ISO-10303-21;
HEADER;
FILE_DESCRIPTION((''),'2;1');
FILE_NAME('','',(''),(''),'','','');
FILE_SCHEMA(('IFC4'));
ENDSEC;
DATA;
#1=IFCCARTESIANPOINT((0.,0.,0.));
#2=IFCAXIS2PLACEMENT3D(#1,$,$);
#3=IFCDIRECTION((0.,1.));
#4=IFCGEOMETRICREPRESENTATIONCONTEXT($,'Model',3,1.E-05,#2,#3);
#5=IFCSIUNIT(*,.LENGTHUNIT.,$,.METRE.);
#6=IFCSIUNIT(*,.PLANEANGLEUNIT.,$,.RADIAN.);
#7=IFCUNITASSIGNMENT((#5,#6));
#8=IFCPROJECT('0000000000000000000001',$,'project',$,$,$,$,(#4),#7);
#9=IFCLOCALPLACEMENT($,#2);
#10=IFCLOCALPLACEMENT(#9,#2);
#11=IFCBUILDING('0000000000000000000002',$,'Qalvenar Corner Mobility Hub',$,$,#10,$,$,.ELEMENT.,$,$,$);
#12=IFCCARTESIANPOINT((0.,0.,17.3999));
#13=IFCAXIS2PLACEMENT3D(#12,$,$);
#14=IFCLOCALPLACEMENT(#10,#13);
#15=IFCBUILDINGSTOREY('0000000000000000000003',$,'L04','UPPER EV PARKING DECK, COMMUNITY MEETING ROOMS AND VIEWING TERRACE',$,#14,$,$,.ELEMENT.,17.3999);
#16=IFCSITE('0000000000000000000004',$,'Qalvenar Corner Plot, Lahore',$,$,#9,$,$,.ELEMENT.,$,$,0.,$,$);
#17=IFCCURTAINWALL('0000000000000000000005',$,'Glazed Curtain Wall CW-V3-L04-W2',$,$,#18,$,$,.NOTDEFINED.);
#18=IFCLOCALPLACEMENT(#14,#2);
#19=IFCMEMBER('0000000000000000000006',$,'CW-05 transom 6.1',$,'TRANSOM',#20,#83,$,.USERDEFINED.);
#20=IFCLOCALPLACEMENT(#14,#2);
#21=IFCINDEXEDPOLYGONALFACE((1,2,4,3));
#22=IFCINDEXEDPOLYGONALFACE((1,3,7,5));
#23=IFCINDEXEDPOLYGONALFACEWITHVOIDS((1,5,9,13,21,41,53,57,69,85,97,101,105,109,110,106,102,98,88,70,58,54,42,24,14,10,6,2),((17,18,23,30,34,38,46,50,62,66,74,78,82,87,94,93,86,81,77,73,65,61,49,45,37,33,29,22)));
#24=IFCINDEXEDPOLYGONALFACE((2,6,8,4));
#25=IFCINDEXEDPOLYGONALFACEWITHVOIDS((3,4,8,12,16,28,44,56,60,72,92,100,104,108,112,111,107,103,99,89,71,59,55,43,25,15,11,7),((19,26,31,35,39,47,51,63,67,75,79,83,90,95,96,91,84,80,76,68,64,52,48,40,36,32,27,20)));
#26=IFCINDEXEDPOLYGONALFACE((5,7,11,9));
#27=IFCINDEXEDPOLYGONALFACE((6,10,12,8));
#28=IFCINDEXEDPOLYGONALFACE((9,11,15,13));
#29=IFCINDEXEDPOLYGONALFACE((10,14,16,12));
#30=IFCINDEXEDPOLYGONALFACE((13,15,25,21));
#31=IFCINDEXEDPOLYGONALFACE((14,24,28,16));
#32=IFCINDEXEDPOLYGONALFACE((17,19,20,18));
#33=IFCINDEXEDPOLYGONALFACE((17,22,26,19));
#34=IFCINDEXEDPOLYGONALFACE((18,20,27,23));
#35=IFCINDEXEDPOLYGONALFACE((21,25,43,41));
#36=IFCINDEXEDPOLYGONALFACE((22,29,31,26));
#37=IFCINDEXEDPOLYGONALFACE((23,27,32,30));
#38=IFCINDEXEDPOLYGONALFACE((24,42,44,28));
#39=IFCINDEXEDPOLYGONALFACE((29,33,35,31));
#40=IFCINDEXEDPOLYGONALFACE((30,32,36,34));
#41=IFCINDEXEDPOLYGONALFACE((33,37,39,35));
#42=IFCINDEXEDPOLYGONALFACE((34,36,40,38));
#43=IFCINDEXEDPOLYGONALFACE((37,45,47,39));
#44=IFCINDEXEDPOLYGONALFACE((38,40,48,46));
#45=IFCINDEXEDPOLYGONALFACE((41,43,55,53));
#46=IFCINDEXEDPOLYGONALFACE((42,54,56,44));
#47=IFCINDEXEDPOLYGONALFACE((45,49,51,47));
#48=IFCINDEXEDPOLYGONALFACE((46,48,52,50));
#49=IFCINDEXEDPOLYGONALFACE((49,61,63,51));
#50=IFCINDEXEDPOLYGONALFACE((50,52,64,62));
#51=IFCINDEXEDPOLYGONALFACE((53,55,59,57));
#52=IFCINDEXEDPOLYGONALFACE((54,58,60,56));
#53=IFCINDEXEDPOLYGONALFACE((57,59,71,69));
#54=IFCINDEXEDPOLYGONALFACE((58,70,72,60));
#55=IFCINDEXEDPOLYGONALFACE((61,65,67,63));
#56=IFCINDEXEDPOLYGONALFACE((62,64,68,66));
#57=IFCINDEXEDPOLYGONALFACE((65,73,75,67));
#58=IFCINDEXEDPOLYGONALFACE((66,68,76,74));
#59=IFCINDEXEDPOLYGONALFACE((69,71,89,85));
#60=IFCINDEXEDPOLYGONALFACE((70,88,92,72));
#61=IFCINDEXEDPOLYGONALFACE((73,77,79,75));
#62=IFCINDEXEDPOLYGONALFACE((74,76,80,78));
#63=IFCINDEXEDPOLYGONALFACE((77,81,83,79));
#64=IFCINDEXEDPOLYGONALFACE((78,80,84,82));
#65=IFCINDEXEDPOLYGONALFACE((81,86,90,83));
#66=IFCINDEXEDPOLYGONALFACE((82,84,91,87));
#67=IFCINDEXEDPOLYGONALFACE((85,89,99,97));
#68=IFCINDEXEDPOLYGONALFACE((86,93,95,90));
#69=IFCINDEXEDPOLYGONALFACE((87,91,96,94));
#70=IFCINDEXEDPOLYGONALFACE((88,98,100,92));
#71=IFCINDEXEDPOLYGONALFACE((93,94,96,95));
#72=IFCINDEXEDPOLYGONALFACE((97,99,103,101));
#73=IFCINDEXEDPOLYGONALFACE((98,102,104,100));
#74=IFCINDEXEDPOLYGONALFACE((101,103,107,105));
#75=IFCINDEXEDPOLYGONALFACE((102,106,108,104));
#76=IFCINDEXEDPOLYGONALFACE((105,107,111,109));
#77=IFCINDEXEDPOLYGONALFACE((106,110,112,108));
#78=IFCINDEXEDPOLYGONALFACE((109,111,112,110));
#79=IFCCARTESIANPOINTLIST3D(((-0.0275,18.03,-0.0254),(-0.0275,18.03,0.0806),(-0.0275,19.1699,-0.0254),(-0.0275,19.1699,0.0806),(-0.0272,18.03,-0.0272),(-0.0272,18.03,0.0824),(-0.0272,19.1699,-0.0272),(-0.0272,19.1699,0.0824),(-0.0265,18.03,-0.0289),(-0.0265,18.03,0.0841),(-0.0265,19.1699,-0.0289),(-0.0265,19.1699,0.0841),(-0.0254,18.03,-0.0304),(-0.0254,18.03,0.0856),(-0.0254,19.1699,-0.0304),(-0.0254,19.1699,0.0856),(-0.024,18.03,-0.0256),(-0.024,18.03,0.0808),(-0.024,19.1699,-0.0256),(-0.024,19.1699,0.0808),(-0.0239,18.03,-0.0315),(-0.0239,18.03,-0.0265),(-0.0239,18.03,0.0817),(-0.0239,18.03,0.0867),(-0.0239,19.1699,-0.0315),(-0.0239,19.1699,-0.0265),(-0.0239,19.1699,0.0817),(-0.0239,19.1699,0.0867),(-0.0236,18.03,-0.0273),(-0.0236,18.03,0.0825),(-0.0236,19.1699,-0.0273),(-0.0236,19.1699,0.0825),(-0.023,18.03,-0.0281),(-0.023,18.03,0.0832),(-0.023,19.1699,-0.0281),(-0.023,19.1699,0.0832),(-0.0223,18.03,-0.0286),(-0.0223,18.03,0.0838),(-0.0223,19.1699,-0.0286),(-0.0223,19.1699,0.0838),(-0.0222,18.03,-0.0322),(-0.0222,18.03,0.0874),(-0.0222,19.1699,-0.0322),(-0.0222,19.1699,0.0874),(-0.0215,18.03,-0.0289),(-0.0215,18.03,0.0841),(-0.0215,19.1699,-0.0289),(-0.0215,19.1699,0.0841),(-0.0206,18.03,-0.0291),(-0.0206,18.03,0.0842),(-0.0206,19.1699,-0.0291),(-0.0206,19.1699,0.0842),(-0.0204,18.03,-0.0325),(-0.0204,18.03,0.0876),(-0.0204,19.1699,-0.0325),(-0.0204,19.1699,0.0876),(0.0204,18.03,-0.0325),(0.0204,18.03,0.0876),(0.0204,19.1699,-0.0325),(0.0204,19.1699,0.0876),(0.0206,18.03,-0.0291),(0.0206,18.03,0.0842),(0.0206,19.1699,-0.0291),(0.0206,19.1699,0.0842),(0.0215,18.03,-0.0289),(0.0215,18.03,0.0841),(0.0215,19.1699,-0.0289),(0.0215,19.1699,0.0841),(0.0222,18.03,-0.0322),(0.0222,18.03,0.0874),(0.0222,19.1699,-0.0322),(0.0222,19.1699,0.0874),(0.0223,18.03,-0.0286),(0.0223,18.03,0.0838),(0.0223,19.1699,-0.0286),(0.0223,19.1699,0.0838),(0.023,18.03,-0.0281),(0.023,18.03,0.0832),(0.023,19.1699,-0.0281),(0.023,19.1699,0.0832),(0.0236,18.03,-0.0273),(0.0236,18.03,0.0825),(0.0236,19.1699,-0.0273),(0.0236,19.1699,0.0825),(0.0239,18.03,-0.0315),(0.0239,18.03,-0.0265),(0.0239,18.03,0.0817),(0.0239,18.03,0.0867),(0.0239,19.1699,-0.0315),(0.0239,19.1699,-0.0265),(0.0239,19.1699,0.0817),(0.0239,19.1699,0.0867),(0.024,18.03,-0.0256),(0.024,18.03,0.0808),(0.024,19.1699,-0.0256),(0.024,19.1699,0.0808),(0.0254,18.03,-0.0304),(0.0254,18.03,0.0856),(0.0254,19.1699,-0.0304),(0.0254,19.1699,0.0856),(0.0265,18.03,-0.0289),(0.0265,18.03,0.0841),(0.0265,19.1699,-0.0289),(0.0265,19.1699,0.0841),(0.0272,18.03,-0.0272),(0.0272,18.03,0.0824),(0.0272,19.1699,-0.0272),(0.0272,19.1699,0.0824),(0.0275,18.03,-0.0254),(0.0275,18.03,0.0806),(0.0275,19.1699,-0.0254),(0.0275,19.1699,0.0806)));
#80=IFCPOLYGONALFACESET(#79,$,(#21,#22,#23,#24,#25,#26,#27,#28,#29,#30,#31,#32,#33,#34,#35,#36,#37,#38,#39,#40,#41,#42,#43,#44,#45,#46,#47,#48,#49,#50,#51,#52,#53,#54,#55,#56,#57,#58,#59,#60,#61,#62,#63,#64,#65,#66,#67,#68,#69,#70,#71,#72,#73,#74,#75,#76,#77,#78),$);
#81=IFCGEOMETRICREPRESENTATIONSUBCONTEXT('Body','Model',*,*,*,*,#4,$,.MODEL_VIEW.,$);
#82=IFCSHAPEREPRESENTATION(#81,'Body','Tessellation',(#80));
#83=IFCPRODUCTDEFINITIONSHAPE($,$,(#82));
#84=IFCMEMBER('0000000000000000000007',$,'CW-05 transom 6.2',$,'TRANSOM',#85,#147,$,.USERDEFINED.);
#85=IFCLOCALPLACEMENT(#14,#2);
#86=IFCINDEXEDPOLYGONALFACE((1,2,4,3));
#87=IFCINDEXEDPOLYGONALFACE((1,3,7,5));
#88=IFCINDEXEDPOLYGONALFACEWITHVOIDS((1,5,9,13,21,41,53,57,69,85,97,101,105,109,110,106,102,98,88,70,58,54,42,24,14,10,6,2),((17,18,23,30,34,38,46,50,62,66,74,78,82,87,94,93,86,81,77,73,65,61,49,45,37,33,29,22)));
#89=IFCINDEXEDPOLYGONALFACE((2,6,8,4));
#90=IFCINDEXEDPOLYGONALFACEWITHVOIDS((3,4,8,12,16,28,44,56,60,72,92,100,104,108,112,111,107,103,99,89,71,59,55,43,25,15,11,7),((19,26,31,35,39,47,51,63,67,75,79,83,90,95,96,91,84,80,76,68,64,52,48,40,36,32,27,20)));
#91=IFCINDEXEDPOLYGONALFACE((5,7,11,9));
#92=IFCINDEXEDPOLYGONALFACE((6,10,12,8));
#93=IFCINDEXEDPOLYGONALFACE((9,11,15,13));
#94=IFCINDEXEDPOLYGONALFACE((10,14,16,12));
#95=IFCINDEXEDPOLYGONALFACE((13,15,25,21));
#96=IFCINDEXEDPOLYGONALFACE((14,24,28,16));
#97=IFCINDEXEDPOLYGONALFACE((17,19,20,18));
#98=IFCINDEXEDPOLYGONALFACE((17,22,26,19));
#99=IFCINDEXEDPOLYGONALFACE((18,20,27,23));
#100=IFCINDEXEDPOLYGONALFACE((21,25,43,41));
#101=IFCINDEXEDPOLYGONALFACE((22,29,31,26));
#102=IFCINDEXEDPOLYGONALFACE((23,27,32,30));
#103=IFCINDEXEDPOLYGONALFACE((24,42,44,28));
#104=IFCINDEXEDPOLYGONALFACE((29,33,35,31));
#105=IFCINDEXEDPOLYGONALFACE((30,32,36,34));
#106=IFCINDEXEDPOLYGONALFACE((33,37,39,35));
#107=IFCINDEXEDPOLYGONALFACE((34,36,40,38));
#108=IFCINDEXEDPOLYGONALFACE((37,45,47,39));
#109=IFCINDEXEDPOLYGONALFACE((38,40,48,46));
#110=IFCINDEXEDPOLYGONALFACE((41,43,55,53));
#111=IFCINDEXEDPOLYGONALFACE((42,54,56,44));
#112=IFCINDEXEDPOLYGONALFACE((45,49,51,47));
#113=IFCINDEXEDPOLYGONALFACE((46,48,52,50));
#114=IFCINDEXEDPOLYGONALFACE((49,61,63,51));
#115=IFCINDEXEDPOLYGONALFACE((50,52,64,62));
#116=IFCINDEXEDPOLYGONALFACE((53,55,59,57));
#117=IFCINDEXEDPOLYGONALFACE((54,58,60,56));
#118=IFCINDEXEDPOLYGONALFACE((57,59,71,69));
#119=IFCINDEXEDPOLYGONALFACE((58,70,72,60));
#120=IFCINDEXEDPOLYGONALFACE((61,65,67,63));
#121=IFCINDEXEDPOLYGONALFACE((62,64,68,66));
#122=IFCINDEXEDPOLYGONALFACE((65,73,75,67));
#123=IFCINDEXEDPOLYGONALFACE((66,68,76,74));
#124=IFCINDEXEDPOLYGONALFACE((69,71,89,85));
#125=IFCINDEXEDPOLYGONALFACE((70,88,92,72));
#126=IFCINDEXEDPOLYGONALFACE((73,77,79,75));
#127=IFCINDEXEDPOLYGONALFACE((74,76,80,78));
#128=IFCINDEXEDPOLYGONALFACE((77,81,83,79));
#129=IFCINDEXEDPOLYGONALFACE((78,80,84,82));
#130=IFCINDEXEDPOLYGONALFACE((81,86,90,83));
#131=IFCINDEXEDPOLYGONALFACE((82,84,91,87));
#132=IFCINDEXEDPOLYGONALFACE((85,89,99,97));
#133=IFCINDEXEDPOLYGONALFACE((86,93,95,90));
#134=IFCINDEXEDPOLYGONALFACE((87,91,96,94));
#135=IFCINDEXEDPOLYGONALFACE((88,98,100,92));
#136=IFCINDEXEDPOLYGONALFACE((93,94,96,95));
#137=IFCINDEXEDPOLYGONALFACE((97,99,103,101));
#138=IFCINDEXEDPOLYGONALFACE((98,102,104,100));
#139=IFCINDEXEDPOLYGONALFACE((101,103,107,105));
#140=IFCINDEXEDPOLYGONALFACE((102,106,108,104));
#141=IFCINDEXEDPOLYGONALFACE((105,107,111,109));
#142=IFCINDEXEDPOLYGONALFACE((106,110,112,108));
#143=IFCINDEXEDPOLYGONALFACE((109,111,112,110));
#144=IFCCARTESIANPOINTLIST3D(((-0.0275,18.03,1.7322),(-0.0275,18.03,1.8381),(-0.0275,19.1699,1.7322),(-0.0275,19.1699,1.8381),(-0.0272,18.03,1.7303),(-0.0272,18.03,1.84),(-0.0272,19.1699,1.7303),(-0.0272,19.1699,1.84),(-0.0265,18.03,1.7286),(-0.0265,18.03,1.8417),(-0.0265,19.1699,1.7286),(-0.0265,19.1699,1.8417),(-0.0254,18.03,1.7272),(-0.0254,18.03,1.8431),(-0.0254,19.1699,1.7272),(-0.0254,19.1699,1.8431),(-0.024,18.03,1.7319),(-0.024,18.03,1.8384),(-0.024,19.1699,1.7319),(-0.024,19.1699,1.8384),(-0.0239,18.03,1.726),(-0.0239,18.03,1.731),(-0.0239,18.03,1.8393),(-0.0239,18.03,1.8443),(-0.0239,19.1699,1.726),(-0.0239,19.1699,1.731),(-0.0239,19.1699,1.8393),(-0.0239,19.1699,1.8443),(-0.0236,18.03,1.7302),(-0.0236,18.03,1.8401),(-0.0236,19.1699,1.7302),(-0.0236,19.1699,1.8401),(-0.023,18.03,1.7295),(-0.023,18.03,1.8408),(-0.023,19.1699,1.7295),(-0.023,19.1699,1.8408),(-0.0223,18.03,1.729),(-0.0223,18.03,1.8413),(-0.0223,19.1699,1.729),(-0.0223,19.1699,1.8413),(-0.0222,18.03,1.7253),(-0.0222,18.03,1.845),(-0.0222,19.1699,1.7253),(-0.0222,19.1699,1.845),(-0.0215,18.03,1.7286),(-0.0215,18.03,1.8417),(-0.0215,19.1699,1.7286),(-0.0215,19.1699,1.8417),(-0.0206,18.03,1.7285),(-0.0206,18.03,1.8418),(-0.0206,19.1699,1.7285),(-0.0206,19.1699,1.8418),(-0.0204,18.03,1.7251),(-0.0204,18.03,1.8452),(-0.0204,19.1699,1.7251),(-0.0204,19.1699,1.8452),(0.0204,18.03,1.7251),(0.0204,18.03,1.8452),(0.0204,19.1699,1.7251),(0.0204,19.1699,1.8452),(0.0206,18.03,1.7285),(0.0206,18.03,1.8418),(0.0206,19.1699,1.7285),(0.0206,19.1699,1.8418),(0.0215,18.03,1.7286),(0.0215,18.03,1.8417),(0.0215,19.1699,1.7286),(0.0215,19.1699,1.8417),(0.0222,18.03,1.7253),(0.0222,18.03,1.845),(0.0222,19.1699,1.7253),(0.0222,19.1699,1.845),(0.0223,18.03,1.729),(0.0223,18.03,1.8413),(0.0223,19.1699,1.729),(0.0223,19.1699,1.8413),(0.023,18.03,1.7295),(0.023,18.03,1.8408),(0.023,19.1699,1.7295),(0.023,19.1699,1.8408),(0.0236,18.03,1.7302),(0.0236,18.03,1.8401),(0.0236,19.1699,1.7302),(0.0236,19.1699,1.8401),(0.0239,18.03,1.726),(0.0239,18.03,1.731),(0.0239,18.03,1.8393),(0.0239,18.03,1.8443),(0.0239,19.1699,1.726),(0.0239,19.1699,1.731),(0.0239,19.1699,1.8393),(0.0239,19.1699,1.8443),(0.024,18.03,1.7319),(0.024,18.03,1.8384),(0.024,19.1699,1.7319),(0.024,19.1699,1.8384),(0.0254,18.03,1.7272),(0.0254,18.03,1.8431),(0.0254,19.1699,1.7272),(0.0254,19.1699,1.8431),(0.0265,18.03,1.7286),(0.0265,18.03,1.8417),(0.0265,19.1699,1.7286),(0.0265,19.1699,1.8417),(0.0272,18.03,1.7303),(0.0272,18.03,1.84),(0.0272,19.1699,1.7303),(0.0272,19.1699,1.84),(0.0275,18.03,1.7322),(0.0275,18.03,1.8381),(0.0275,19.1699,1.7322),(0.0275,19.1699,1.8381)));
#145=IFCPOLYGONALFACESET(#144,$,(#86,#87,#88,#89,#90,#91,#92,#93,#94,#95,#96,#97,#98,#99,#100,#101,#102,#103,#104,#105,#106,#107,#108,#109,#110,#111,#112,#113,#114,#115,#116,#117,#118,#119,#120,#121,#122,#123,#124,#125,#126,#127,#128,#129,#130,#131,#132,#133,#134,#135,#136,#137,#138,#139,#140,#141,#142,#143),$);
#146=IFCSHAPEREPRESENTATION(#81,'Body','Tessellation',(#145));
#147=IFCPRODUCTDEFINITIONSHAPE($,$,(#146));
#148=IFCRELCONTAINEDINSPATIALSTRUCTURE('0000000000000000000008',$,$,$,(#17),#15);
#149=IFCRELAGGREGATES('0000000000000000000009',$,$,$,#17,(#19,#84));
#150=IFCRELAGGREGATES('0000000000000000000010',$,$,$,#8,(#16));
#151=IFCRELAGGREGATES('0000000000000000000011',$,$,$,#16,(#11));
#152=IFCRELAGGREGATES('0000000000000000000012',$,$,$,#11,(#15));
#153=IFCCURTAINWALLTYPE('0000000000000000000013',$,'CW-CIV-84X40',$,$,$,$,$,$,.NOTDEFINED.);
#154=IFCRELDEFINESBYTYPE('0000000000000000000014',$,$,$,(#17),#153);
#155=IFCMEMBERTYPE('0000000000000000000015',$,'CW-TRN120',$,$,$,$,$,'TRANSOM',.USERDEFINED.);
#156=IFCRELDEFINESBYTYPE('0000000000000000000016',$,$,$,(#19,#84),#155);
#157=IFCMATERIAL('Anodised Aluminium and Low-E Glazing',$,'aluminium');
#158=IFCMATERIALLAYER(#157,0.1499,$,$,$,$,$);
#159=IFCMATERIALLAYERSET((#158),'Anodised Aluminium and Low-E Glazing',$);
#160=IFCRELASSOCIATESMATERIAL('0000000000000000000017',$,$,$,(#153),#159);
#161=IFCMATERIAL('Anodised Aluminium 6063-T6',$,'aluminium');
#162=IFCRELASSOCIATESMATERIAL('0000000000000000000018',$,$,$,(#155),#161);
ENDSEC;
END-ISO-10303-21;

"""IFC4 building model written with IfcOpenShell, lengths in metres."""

from ifc_helpers import new_model, si_unit, direction, frame, origin, origin_2d, place, context, subcontext, project, spatial, hollow_rectangle, extrude, material, layer, layer_set, material_profile, profile_set, type_object, element, aggregate, save


model = new_model("IFC4")

# Units and contexts
model_context = context("Model", 3, precision=1e-05, world=origin(), true_north=direction((0.0, 1.0)))
body_context = subcontext(model_context, "Body", "Model", "MODEL_VIEW")
ifc_project = project(units=[si_unit("LENGTHUNIT", "METRE"), si_unit("PLANEANGLEUNIT", "RADIAN")], contexts=[model_context])

# Site, building, storey
site_placement = place(None, origin())
site = spatial("IfcSite", under=ifc_project, at=site_placement, Name="Qalvenar Corner Plot, Lahore", CompositionType="ELEMENT", RefElevation=0.0)
building_placement = place(site_placement, origin())
building = spatial("IfcBuilding", under=site, at=building_placement, Name="Qalvenar Corner Mobility Hub", CompositionType="ELEMENT")
storey_placement = place(building_placement, frame((0.0, 0.0, 17.3999)))
storey = spatial("IfcBuildingStorey", under=building, at=storey_placement, Name="L04", Description="UPPER EV PARKING DECK, COMMUNITY MEETING ROOMS AND VIEWING TERRACE", CompositionType="ELEMENT", Elevation=17.3999)

# Curtain wall, members
ifc_material_1 = material(Name="Anodised Aluminium and Low-E Glazing", Category="aluminium")
ifc_layer_1 = layer(ifc_material_1, 0.1499)
ifc_layer_set_1 = layer_set([ifc_layer_1], Name="Anodised Aluminium and Low-E Glazing")
curtain_wall_type = type_object("IfcCurtainWallType", Name="CW-CIV-84X40", PredefinedType="NOTDEFINED", material=ifc_layer_set_1)
curtain_wall_placement = place(storey_placement, origin())
curtain_wall = element("IfcCurtainWall", 1, at=curtain_wall_placement, inside=storey, type_object=curtain_wall_type, Name="Glazed Curtain Wall CW-V3-L04-W2", PredefinedType="NOTDEFINED")
ifc_material_2 = material(Name="Anodised Aluminium 6063-T6", Category="aluminium")
ifc_material_profile_1 = material_profile(ifc_material_2, hollow_rectangle(XDim=0.0549, YDim=0.1201, WallThickness=0.0034, InnerFilletRadius=0.0034, OuterFilletRadius=0.0071, at=origin_2d()), Name="RHS120x55x3.5")
ifc_profile_set_1 = profile_set([ifc_material_profile_1], Name="Anodised Aluminium 6063-T6")
member_type_1 = type_object("IfcMemberType", Name="CW-TRN120", ElementType="TRANSOM", PredefinedType="USERDEFINED", material=ifc_profile_set_1)
member_1_placement = place(storey_placement, frame((0.0, 19.1699, 0.0276), z_axis=(0.0, -1.0, 0.0), x_axis=(1.0, 0.0, 0.0)))
member_1 = element("IfcMember", 2, at=member_1_placement, type_object=member_type_1, Name="CW-05 transom 6.1", ObjectType="TRANSOM", PredefinedType="USERDEFINED", context=body_context, shape_type="SweptSolid", body=[
    extrude(hollow_rectangle(XDim=0.0549, YDim=0.1201, WallThickness=0.0034, InnerFilletRadius=0.0034, OuterFilletRadius=0.0071, at=origin_2d()), origin(), (0.0, 0.0, 1.0), 1.1399),
])
member_2_placement = place(storey_placement, frame((0.0, 19.1699, 1.7852), z_axis=(0.0, -1.0, 0.0), x_axis=(1.0, 0.0, 0.0)))
member_2 = element("IfcMember", 3, at=member_2_placement, type_object=member_type_1, Name="CW-05 transom 6.2", ObjectType="TRANSOM", PredefinedType="USERDEFINED", context=body_context, shape_type="SweptSolid", body=[
    extrude(hollow_rectangle(XDim=0.0549, YDim=0.1201, WallThickness=0.0034, InnerFilletRadius=0.0034, OuterFilletRadius=0.0071, at=origin_2d()), origin(), (0.0, 0.0, 1.0), 1.1399),
])
aggregate(curtain_wall, [member_1, member_2])

save(model, "model.ifc")
